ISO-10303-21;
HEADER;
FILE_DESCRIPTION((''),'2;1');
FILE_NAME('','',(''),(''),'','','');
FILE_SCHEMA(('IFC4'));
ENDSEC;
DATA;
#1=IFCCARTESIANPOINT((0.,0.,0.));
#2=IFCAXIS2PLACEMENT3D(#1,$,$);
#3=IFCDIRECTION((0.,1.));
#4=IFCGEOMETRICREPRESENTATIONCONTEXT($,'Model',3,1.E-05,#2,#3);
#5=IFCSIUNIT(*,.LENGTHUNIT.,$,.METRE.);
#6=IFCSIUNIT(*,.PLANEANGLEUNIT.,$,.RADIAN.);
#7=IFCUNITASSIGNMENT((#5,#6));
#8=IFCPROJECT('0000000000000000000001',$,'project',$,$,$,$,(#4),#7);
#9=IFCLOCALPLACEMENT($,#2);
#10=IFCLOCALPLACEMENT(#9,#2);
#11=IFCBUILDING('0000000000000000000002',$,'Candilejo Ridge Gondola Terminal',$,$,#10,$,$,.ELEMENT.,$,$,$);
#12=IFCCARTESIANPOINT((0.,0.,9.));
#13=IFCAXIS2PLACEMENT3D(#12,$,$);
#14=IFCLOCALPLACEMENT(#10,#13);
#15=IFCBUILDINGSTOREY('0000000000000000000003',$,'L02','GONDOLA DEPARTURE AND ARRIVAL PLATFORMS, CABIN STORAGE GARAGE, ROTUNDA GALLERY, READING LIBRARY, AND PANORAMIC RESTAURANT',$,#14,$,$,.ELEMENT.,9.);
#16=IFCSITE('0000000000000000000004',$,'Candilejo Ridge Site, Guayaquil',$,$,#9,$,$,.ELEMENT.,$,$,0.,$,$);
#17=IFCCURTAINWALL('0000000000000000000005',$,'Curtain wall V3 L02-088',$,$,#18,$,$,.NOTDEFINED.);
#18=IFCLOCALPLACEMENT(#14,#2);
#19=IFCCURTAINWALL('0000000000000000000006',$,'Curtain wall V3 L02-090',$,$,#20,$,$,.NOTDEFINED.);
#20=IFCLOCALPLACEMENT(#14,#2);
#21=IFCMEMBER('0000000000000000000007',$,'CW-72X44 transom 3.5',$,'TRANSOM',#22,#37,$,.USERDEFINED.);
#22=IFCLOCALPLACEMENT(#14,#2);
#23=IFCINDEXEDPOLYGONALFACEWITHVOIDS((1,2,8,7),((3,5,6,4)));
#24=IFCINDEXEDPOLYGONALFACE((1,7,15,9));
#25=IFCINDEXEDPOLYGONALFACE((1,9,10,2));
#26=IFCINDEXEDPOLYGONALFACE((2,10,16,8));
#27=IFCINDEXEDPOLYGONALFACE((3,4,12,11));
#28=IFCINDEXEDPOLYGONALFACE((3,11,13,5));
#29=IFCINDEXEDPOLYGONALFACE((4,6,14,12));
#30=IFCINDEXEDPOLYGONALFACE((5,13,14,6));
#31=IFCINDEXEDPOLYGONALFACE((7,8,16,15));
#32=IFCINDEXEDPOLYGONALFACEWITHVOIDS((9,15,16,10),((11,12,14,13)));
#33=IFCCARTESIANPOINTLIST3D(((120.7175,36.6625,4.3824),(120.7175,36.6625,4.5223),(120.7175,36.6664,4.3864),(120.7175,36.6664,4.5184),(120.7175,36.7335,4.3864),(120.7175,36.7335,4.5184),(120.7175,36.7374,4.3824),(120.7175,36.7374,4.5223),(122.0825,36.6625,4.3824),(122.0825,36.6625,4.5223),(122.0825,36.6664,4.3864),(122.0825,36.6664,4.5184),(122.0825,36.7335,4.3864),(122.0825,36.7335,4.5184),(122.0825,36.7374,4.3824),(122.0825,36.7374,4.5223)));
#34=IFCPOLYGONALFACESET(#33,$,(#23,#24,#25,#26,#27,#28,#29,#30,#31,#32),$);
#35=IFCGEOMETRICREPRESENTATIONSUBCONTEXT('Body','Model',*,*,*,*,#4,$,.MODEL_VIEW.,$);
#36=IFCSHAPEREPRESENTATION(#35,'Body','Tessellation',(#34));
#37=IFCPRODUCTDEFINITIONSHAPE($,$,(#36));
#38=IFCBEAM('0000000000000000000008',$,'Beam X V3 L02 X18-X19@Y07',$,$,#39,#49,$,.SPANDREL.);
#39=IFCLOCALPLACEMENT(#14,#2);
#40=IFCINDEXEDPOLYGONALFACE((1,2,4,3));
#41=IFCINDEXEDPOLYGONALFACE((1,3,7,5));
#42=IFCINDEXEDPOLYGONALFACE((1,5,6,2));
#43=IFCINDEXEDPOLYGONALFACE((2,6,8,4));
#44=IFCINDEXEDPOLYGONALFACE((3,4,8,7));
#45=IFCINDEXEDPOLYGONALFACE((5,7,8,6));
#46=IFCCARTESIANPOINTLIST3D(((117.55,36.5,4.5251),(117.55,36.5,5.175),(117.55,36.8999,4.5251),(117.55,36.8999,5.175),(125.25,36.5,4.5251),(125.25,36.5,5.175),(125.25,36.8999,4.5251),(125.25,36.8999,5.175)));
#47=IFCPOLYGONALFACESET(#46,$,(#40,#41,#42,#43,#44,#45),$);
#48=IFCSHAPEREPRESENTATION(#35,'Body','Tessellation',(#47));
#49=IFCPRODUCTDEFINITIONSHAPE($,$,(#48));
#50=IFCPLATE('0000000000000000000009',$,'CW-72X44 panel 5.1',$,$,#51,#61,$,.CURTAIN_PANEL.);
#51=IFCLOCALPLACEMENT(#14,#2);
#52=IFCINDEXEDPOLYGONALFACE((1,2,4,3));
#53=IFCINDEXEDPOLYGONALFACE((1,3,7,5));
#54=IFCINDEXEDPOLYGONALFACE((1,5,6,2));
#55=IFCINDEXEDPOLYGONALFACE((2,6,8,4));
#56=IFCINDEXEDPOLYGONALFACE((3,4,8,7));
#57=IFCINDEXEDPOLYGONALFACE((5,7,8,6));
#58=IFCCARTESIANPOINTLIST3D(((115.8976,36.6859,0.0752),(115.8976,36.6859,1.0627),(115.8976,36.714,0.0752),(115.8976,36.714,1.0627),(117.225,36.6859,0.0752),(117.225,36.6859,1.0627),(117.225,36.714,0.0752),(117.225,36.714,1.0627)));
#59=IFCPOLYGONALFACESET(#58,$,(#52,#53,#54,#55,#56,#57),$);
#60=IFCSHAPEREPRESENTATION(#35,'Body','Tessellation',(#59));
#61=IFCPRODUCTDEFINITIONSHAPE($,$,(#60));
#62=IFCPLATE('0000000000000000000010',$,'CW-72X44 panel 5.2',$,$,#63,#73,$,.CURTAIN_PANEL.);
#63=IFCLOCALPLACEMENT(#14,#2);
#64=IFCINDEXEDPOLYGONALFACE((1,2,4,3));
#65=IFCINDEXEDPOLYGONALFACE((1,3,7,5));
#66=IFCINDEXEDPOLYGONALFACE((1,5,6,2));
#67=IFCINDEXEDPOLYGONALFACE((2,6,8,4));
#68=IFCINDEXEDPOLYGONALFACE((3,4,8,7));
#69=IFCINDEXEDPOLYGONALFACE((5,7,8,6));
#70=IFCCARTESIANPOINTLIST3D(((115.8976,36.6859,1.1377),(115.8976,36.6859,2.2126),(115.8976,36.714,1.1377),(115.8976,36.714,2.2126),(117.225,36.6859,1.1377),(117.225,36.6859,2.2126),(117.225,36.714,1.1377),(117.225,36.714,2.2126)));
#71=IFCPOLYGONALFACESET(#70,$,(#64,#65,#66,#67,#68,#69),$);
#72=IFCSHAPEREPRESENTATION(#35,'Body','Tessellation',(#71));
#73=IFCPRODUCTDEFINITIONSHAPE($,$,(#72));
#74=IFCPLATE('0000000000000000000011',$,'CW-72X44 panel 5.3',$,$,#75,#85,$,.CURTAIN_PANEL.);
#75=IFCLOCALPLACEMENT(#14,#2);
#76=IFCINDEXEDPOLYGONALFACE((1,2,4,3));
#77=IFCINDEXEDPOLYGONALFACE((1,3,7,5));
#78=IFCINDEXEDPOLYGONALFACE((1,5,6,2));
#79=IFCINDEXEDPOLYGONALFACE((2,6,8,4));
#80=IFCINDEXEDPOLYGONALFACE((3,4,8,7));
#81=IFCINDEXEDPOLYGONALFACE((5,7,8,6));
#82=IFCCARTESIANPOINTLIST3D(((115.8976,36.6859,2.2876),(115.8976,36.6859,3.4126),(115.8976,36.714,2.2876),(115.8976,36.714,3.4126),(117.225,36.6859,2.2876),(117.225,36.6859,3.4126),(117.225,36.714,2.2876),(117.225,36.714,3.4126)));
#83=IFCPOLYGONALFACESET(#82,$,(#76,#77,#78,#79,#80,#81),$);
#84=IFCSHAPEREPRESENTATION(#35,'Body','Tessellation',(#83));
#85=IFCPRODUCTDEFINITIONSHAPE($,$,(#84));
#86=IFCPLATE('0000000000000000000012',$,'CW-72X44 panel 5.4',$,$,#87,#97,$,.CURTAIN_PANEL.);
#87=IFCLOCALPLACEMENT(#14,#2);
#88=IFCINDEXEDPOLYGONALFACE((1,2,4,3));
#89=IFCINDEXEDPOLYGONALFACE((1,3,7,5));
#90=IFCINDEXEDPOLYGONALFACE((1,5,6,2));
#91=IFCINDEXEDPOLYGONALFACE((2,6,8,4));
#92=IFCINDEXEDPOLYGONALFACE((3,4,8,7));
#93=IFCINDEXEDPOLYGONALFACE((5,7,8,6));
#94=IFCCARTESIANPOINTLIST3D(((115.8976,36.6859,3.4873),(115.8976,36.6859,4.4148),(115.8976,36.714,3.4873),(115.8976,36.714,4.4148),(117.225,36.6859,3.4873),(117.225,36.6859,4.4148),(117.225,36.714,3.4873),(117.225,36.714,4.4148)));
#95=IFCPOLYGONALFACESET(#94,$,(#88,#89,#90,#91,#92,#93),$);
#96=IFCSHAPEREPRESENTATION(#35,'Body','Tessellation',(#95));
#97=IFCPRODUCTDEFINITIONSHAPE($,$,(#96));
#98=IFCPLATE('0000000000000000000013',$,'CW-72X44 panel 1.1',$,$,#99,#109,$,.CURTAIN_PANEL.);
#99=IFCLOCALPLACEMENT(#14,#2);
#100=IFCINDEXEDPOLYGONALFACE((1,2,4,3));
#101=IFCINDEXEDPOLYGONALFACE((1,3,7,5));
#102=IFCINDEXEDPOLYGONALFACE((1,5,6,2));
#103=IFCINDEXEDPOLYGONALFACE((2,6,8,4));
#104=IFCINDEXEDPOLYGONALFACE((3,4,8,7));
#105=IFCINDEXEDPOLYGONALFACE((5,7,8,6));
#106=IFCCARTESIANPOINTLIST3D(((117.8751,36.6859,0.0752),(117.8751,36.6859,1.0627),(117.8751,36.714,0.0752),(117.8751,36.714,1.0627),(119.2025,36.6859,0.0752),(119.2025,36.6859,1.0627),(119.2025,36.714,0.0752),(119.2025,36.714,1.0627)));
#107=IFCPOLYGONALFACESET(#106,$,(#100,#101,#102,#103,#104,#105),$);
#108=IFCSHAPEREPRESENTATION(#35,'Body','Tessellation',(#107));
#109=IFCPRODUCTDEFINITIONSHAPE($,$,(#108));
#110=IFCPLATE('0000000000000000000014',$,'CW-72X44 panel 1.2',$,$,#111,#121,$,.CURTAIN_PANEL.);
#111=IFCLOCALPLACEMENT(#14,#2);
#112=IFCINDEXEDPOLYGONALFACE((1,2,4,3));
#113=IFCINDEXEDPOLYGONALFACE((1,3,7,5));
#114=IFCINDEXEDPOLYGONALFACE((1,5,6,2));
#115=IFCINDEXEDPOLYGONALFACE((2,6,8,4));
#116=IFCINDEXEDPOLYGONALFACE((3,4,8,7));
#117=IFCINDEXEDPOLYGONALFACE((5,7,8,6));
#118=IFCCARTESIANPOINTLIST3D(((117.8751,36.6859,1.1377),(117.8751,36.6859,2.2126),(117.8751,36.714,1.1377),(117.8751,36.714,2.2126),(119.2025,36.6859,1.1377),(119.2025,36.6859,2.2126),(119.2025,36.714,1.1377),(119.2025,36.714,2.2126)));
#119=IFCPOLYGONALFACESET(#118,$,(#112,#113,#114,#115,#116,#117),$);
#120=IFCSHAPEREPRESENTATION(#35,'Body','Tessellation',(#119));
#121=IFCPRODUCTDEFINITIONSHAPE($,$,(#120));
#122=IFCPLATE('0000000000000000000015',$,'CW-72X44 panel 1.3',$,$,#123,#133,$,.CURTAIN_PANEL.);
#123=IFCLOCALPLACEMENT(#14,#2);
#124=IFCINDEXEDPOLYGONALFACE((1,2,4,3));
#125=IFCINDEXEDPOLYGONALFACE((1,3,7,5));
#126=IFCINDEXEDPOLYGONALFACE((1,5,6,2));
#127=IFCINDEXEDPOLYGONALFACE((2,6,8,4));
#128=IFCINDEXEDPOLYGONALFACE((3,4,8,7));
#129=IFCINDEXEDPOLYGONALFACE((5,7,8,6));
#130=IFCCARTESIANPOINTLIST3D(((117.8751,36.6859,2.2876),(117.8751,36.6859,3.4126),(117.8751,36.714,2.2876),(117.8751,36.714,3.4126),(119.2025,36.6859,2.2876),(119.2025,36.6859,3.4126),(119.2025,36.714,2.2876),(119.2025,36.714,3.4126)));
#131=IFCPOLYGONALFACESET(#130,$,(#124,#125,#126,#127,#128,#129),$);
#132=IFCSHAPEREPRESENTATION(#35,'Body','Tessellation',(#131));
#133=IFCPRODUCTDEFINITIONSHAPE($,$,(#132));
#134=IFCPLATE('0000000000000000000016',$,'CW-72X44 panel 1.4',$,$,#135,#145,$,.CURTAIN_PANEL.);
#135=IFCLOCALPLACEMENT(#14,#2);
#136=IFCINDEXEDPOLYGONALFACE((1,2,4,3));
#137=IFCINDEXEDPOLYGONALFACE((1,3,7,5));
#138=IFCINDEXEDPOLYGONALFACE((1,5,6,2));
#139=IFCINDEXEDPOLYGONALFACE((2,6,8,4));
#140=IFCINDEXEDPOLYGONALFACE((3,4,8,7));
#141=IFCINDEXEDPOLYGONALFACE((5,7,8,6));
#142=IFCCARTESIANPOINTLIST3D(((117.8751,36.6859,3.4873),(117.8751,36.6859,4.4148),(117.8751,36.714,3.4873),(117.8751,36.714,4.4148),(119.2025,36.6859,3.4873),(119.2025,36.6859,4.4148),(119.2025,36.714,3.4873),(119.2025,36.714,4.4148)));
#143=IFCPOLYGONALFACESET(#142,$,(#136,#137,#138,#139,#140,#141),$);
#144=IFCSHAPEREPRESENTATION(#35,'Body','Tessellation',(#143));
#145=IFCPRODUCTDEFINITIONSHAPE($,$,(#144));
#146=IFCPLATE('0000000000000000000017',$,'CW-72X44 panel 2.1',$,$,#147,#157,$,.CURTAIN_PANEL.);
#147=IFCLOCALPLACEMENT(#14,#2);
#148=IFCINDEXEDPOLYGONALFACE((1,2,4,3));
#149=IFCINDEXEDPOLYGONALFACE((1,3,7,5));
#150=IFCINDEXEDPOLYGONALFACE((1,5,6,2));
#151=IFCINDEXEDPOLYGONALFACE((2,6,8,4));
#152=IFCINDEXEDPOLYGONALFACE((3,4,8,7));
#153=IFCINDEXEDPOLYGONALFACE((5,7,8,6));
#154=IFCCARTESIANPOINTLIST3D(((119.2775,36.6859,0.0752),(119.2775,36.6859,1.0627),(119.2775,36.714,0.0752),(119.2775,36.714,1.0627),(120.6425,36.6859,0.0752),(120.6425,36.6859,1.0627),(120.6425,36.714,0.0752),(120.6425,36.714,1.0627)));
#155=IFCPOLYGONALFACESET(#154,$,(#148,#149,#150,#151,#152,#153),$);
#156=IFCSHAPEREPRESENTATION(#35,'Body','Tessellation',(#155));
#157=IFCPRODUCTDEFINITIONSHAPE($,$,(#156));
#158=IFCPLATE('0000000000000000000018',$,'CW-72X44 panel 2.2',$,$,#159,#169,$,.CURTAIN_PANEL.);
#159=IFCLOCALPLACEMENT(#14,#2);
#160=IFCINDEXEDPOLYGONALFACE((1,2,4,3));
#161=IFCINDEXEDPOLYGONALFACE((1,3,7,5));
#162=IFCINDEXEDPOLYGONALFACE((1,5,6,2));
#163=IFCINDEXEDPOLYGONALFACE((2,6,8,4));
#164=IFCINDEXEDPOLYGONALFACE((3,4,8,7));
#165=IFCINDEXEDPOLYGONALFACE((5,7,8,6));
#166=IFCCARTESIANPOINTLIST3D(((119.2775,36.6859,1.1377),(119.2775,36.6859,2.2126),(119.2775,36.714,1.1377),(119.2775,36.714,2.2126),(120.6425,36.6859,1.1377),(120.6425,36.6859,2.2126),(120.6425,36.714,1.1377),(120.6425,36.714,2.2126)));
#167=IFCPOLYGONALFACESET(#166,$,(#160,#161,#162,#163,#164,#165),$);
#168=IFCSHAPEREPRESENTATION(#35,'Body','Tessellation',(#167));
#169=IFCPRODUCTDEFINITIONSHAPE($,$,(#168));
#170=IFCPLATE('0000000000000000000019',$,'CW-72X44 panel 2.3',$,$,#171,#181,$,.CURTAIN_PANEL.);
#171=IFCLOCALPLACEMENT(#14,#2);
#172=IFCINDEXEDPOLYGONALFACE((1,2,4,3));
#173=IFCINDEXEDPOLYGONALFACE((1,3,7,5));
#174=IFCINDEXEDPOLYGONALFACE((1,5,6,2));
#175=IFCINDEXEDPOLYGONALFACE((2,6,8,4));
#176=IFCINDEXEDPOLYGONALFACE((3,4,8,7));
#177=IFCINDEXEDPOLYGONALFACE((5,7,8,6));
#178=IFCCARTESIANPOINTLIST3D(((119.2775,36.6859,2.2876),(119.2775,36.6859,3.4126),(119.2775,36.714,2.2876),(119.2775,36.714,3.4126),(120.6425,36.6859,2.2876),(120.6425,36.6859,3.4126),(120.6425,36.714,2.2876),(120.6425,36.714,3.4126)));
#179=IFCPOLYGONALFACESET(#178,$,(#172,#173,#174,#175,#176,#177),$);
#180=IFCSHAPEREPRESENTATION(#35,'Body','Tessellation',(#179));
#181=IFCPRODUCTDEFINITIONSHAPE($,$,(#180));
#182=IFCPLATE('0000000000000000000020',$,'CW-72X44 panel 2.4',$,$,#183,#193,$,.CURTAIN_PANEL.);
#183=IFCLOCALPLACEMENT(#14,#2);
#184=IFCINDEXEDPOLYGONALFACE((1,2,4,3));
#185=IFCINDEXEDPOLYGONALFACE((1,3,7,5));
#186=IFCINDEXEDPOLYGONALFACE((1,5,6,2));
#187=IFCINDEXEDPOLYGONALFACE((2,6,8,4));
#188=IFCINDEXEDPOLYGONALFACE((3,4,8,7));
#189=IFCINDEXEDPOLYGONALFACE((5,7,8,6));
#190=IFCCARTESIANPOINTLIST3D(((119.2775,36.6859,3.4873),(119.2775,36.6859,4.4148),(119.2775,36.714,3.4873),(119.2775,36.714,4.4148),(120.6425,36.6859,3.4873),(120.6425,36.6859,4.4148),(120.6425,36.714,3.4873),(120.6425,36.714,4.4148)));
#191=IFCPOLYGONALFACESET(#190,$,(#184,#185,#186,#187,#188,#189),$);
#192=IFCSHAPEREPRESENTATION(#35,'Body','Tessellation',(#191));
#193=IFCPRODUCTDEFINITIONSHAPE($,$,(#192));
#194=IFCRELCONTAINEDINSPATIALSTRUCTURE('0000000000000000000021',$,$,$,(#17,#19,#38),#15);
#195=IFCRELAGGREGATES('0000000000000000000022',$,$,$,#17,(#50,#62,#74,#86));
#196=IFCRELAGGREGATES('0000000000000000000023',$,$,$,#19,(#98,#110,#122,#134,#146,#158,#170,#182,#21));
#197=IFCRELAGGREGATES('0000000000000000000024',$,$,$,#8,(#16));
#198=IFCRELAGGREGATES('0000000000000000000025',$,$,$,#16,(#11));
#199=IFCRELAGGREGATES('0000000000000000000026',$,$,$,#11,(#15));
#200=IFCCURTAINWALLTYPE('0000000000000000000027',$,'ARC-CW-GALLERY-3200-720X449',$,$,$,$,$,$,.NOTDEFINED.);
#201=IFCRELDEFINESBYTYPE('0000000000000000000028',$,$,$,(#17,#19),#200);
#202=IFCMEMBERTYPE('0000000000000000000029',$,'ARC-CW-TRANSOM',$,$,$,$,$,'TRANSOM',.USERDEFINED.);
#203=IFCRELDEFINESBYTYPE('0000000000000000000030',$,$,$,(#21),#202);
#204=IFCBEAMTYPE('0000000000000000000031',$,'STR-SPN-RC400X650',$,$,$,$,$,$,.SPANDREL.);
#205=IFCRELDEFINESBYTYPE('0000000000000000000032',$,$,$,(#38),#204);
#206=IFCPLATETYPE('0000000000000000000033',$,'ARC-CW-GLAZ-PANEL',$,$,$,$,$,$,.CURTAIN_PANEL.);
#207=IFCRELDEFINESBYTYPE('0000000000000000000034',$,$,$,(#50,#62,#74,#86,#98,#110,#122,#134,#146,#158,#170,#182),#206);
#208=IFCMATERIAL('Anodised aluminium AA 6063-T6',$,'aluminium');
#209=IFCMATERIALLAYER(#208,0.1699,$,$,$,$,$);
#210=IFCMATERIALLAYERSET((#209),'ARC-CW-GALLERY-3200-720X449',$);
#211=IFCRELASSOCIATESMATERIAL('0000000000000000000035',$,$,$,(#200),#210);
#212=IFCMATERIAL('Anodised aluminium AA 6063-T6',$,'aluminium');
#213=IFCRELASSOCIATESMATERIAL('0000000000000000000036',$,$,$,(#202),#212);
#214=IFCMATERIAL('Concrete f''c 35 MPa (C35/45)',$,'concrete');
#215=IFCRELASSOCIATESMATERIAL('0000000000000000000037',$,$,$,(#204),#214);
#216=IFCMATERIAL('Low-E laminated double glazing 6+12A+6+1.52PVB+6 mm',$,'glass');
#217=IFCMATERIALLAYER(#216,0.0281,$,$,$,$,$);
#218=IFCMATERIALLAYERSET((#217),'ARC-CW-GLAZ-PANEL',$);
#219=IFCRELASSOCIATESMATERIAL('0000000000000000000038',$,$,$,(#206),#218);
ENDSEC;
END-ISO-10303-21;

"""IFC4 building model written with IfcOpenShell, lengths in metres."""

from ifc_helpers import new_model, si_unit, direction, frame, origin, origin_2d, place, context, subcontext, project, spatial, rectangle, hollow_rectangle, extrude, material, layer, layer_set, material_profile, profile_set, type_object, element, aggregate, save


model = new_model("IFC4")

# Units and contexts
model_context = context("Model", 3, precision=1e-05, world=origin(), true_north=direction((0.0, 1.0)))
body_context = subcontext(model_context, "Body", "Model", "MODEL_VIEW")
ifc_project = project(units=[si_unit("LENGTHUNIT", "METRE"), si_unit("PLANEANGLEUNIT", "RADIAN")], contexts=[model_context])

# Site, building, storey
site_placement = place(None, origin())
site = spatial("IfcSite", under=ifc_project, at=site_placement, Name="Candilejo Ridge Site, Guayaquil", CompositionType="ELEMENT", RefElevation=0.0)
building_placement = place(site_placement, origin())
building = spatial("IfcBuilding", under=site, at=building_placement, Name="Candilejo Ridge Gondola Terminal", CompositionType="ELEMENT")
storey_placement = place(building_placement, frame((0.0, 0.0, 9.0)))
storey = spatial("IfcBuildingStorey", under=building, at=storey_placement, Name="L02", Description="GONDOLA DEPARTURE AND ARRIVAL PLATFORMS, CABIN STORAGE GARAGE, ROTUNDA GALLERY, READING LIBRARY, AND PANORAMIC RESTAURANT", CompositionType="ELEMENT", Elevation=9.0)

# Curtain wall
ifc_material_1 = material(Name="Anodised aluminium AA 6063-T6", Category="aluminium")
ifc_layer_1 = layer(ifc_material_1, 0.1699)
ifc_layer_set_1 = layer_set([ifc_layer_1], Name="ARC-CW-GALLERY-3200-720X449")
curtain_wall_type = type_object("IfcCurtainWallType", Name="ARC-CW-GALLERY-3200-720X449", PredefinedType="NOTDEFINED", material=ifc_layer_set_1)
curtain_wall_1_placement = place(storey_placement, origin())
curtain_wall_1 = element("IfcCurtainWall", 1, at=curtain_wall_1_placement, inside=storey, type_object=curtain_wall_type, Name="Curtain wall V3 L02-088", PredefinedType="NOTDEFINED")

# Curtain wall
curtain_wall_2_placement = place(storey_placement, origin())
curtain_wall_2 = element("IfcCurtainWall", 2, at=curtain_wall_2_placement, inside=storey, type_object=curtain_wall_type, Name="Curtain wall V3 L02-090", PredefinedType="NOTDEFINED")

# Member
ifc_material_2 = material(Name="Anodised aluminium AA 6063-T6", Category="aluminium")
ifc_material_profile_1 = material_profile(ifc_material_2, hollow_rectangle(XDim=0.075, YDim=0.1399, WallThickness=0.0039, at=origin_2d()))
ifc_profile_set_1 = profile_set([ifc_material_profile_1], Name="Anodised aluminium AA 6063-T6")
member_type_1 = type_object("IfcMemberType", Name="ARC-CW-TRANSOM", ElementType="TRANSOM", PredefinedType="USERDEFINED", material=ifc_profile_set_1)
member_1_placement = place(storey_placement, frame((120.7175, 36.7, 4.4524), z_axis=(1.0, 0.0, 0.0), x_axis=(0.0, 1.0, 0.0)))
member_1 = element("IfcMember", 3, at=member_1_placement, type_object=member_type_1, Name="CW-72X44 transom 3.5", ObjectType="TRANSOM", PredefinedType="USERDEFINED", context=body_context, shape_type="SweptSolid", body=[
    extrude(hollow_rectangle(XDim=0.075, YDim=0.1399, WallThickness=0.0039, at=origin_2d()), origin(), (0.0, 0.0, 1.0), 1.365),
])

# Beam
ifc_material_3 = material(Name="Concrete f'c 35 MPa (C35/45)", Category="concrete")
ifc_material_profile_2 = material_profile(ifc_material_3, rectangle(XDim=0.3999, YDim=0.6499, at=origin_2d()))
ifc_profile_set_2 = profile_set([ifc_material_profile_2], Name="Concrete f'c 35 MPa (C35/45)")
beam_type = type_object("IfcBeamType", Name="STR-SPN-RC400X650", PredefinedType="SPANDREL", material=ifc_profile_set_2)
beam_placement = place(storey_placement, frame((117.55, 36.7, 4.8501), z_axis=(1.0, 0.0, 0.0), x_axis=(0.0, 1.0, 0.0)))
element("IfcBeam", 4, at=beam_placement, inside=storey, type_object=beam_type, Name="Beam X V3 L02 X18-X19@Y07", PredefinedType="SPANDREL", context=body_context, shape_type="SweptSolid", body=[
    extrude(rectangle(XDim=0.3999, YDim=0.6499, at=origin_2d()), origin(), (0.0, 0.0, 1.0), 7.7),
])

# Plates
ifc_material_4 = material(Name="Low-E laminated double glazing 6+12A+6+1.52PVB+6 mm", Category="glass")
ifc_layer_2 = layer(ifc_material_4, 0.0281)
ifc_layer_set_2 = layer_set([ifc_layer_2], Name="ARC-CW-GLAZ-PANEL")
plate_type = type_object("IfcPlateType", Name="ARC-CW-GLAZ-PANEL", PredefinedType="CURTAIN_PANEL", material=ifc_layer_set_2)
plate_1_placement = place(storey_placement, frame((116.5613, 36.7, 0.0752), z_axis=(0.0, 0.0, 1.0), x_axis=(1.0, 0.0, 0.0)))
plate_1 = element("IfcPlate", 5, at=plate_1_placement, type_object=plate_type, Name="CW-72X44 panel 5.1", PredefinedType="CURTAIN_PANEL", context=body_context, shape_type="SweptSolid", body=[
    extrude(rectangle(XDim=1.3274, YDim=0.0281, at=origin_2d()), origin(), (0.0, 0.0, 1.0), 0.9875),
])
plate_2_placement = place(storey_placement, frame((116.5613, 36.7, 1.1377), z_axis=(0.0, 0.0, 1.0), x_axis=(1.0, 0.0, 0.0)))
plate_2 = element("IfcPlate", 6, at=plate_2_placement, type_object=plate_type, Name="CW-72X44 panel 5.2", PredefinedType="CURTAIN_PANEL", context=body_context, shape_type="SweptSolid", body=[
    extrude(rectangle(XDim=1.3274, YDim=0.0281, at=origin_2d()), origin(), (0.0, 0.0, 1.0), 1.075),
])
plate_3_placement = place(storey_placement, frame((116.5613, 36.7, 2.2876), z_axis=(0.0, 0.0, 1.0), x_axis=(1.0, 0.0, 0.0)))
plate_3 = element("IfcPlate", 7, at=plate_3_placement, type_object=plate_type, Name="CW-72X44 panel 5.3", PredefinedType="CURTAIN_PANEL", context=body_context, shape_type="SweptSolid", body=[
    extrude(rectangle(XDim=1.3274, YDim=0.0281, at=origin_2d()), origin(), (0.0, 0.0, 1.0), 1.125),
])
plate_4_placement = place(storey_placement, frame((116.5613, 36.7, 3.4873), z_axis=(0.0, 0.0, 1.0), x_axis=(1.0, 0.0, 0.0)))
plate_4 = element("IfcPlate", 8, at=plate_4_placement, type_object=plate_type, Name="CW-72X44 panel 5.4", PredefinedType="CURTAIN_PANEL", context=body_context, shape_type="SweptSolid", body=[
    extrude(rectangle(XDim=1.3274, YDim=0.0281, at=origin_2d()), origin(), (0.0, 0.0, 1.0), 0.9275),
])
aggregate(curtain_wall_1, [plate_1, plate_2, plate_3, plate_4])
plate_5_placement = place(storey_placement, frame((118.5388, 36.7, 0.0752), z_axis=(0.0, 0.0, 1.0), x_axis=(1.0, 0.0, 0.0)))
plate_5 = element("IfcPlate", 9, at=plate_5_placement, type_object=plate_type, Name="CW-72X44 panel 1.1", PredefinedType="CURTAIN_PANEL", context=body_context, shape_type="SweptSolid", body=[
    extrude(rectangle(XDim=1.3274, YDim=0.0281, at=origin_2d()), origin(), (0.0, 0.0, 1.0), 0.9875),
])
plate_6_placement = place(storey_placement, frame((118.5388, 36.7, 1.1377), z_axis=(0.0, 0.0, 1.0), x_axis=(1.0, 0.0, 0.0)))
plate_6 = element("IfcPlate", 10, at=plate_6_placement, type_object=plate_type, Name="CW-72X44 panel 1.2", PredefinedType="CURTAIN_PANEL", context=body_context, shape_type="SweptSolid", body=[
    extrude(rectangle(XDim=1.3274, YDim=0.0281, at=origin_2d()), origin(), (0.0, 0.0, 1.0), 1.075),
])
plate_7_placement = place(storey_placement, frame((118.5388, 36.7, 2.2876), z_axis=(0.0, 0.0, 1.0), x_axis=(1.0, 0.0, 0.0)))
plate_7 = element("IfcPlate", 11, at=plate_7_placement, type_object=plate_type, Name="CW-72X44 panel 1.3", PredefinedType="CURTAIN_PANEL", context=body_context, shape_type="SweptSolid", body=[
    extrude(rectangle(XDim=1.3274, YDim=0.0281, at=origin_2d()), origin(), (0.0, 0.0, 1.0), 1.125),
])
plate_8_placement = place(storey_placement, frame((118.5388, 36.7, 3.4873), z_axis=(0.0, 0.0, 1.0), x_axis=(1.0, 0.0, 0.0)))
plate_8 = element("IfcPlate", 12, at=plate_8_placement, type_object=plate_type, Name="CW-72X44 panel 1.4", PredefinedType="CURTAIN_PANEL", context=body_context, shape_type="SweptSolid", body=[
    extrude(rectangle(XDim=1.3274, YDim=0.0281, at=origin_2d()), origin(), (0.0, 0.0, 1.0), 0.9275),
])
plate_9_placement = place(storey_placement, frame((119.96, 36.7, 0.0752), z_axis=(0.0, 0.0, 1.0), x_axis=(1.0, 0.0, 0.0)))
plate_9 = element("IfcPlate", 13, at=plate_9_placement, type_object=plate_type, Name="CW-72X44 panel 2.1", PredefinedType="CURTAIN_PANEL", context=body_context, shape_type="SweptSolid", body=[
    extrude(rectangle(XDim=1.365, YDim=0.0281, at=origin_2d()), origin(), (0.0, 0.0, 1.0), 0.9875),
])
plate_10_placement = place(storey_placement, frame((119.96, 36.7, 1.1377), z_axis=(0.0, 0.0, 1.0), x_axis=(1.0, 0.0, 0.0)))
plate_10 = element("IfcPlate", 14, at=plate_10_placement, type_object=plate_type, Name="CW-72X44 panel 2.2", PredefinedType="CURTAIN_PANEL", context=body_context, shape_type="SweptSolid", body=[
    extrude(rectangle(XDim=1.365, YDim=0.0281, at=origin_2d()), origin(), (0.0, 0.0, 1.0), 1.075),
])
plate_11_placement = place(storey_placement, frame((119.96, 36.7, 2.2876), z_axis=(0.0, 0.0, 1.0), x_axis=(1.0, 0.0, 0.0)))
plate_11 = element("IfcPlate", 15, at=plate_11_placement, type_object=plate_type, Name="CW-72X44 panel 2.3", PredefinedType="CURTAIN_PANEL", context=body_context, shape_type="SweptSolid", body=[
    extrude(rectangle(XDim=1.365, YDim=0.0281, at=origin_2d()), origin(), (0.0, 0.0, 1.0), 1.125),
])
plate_12_placement = place(storey_placement, frame((119.96, 36.7, 3.4873), z_axis=(0.0, 0.0, 1.0), x_axis=(1.0, 0.0, 0.0)))
plate_12 = element("IfcPlate", 16, at=plate_12_placement, type_object=plate_type, Name="CW-72X44 panel 2.4", PredefinedType="CURTAIN_PANEL", context=body_context, shape_type="SweptSolid", body=[
    extrude(rectangle(XDim=1.365, YDim=0.0281, at=origin_2d()), origin(), (0.0, 0.0, 1.0), 0.9275),
])
aggregate(curtain_wall_2, [plate_5, plate_6, plate_7, plate_8, plate_9, plate_10, plate_11, plate_12, member_1])

save(model, "model.ifc")
